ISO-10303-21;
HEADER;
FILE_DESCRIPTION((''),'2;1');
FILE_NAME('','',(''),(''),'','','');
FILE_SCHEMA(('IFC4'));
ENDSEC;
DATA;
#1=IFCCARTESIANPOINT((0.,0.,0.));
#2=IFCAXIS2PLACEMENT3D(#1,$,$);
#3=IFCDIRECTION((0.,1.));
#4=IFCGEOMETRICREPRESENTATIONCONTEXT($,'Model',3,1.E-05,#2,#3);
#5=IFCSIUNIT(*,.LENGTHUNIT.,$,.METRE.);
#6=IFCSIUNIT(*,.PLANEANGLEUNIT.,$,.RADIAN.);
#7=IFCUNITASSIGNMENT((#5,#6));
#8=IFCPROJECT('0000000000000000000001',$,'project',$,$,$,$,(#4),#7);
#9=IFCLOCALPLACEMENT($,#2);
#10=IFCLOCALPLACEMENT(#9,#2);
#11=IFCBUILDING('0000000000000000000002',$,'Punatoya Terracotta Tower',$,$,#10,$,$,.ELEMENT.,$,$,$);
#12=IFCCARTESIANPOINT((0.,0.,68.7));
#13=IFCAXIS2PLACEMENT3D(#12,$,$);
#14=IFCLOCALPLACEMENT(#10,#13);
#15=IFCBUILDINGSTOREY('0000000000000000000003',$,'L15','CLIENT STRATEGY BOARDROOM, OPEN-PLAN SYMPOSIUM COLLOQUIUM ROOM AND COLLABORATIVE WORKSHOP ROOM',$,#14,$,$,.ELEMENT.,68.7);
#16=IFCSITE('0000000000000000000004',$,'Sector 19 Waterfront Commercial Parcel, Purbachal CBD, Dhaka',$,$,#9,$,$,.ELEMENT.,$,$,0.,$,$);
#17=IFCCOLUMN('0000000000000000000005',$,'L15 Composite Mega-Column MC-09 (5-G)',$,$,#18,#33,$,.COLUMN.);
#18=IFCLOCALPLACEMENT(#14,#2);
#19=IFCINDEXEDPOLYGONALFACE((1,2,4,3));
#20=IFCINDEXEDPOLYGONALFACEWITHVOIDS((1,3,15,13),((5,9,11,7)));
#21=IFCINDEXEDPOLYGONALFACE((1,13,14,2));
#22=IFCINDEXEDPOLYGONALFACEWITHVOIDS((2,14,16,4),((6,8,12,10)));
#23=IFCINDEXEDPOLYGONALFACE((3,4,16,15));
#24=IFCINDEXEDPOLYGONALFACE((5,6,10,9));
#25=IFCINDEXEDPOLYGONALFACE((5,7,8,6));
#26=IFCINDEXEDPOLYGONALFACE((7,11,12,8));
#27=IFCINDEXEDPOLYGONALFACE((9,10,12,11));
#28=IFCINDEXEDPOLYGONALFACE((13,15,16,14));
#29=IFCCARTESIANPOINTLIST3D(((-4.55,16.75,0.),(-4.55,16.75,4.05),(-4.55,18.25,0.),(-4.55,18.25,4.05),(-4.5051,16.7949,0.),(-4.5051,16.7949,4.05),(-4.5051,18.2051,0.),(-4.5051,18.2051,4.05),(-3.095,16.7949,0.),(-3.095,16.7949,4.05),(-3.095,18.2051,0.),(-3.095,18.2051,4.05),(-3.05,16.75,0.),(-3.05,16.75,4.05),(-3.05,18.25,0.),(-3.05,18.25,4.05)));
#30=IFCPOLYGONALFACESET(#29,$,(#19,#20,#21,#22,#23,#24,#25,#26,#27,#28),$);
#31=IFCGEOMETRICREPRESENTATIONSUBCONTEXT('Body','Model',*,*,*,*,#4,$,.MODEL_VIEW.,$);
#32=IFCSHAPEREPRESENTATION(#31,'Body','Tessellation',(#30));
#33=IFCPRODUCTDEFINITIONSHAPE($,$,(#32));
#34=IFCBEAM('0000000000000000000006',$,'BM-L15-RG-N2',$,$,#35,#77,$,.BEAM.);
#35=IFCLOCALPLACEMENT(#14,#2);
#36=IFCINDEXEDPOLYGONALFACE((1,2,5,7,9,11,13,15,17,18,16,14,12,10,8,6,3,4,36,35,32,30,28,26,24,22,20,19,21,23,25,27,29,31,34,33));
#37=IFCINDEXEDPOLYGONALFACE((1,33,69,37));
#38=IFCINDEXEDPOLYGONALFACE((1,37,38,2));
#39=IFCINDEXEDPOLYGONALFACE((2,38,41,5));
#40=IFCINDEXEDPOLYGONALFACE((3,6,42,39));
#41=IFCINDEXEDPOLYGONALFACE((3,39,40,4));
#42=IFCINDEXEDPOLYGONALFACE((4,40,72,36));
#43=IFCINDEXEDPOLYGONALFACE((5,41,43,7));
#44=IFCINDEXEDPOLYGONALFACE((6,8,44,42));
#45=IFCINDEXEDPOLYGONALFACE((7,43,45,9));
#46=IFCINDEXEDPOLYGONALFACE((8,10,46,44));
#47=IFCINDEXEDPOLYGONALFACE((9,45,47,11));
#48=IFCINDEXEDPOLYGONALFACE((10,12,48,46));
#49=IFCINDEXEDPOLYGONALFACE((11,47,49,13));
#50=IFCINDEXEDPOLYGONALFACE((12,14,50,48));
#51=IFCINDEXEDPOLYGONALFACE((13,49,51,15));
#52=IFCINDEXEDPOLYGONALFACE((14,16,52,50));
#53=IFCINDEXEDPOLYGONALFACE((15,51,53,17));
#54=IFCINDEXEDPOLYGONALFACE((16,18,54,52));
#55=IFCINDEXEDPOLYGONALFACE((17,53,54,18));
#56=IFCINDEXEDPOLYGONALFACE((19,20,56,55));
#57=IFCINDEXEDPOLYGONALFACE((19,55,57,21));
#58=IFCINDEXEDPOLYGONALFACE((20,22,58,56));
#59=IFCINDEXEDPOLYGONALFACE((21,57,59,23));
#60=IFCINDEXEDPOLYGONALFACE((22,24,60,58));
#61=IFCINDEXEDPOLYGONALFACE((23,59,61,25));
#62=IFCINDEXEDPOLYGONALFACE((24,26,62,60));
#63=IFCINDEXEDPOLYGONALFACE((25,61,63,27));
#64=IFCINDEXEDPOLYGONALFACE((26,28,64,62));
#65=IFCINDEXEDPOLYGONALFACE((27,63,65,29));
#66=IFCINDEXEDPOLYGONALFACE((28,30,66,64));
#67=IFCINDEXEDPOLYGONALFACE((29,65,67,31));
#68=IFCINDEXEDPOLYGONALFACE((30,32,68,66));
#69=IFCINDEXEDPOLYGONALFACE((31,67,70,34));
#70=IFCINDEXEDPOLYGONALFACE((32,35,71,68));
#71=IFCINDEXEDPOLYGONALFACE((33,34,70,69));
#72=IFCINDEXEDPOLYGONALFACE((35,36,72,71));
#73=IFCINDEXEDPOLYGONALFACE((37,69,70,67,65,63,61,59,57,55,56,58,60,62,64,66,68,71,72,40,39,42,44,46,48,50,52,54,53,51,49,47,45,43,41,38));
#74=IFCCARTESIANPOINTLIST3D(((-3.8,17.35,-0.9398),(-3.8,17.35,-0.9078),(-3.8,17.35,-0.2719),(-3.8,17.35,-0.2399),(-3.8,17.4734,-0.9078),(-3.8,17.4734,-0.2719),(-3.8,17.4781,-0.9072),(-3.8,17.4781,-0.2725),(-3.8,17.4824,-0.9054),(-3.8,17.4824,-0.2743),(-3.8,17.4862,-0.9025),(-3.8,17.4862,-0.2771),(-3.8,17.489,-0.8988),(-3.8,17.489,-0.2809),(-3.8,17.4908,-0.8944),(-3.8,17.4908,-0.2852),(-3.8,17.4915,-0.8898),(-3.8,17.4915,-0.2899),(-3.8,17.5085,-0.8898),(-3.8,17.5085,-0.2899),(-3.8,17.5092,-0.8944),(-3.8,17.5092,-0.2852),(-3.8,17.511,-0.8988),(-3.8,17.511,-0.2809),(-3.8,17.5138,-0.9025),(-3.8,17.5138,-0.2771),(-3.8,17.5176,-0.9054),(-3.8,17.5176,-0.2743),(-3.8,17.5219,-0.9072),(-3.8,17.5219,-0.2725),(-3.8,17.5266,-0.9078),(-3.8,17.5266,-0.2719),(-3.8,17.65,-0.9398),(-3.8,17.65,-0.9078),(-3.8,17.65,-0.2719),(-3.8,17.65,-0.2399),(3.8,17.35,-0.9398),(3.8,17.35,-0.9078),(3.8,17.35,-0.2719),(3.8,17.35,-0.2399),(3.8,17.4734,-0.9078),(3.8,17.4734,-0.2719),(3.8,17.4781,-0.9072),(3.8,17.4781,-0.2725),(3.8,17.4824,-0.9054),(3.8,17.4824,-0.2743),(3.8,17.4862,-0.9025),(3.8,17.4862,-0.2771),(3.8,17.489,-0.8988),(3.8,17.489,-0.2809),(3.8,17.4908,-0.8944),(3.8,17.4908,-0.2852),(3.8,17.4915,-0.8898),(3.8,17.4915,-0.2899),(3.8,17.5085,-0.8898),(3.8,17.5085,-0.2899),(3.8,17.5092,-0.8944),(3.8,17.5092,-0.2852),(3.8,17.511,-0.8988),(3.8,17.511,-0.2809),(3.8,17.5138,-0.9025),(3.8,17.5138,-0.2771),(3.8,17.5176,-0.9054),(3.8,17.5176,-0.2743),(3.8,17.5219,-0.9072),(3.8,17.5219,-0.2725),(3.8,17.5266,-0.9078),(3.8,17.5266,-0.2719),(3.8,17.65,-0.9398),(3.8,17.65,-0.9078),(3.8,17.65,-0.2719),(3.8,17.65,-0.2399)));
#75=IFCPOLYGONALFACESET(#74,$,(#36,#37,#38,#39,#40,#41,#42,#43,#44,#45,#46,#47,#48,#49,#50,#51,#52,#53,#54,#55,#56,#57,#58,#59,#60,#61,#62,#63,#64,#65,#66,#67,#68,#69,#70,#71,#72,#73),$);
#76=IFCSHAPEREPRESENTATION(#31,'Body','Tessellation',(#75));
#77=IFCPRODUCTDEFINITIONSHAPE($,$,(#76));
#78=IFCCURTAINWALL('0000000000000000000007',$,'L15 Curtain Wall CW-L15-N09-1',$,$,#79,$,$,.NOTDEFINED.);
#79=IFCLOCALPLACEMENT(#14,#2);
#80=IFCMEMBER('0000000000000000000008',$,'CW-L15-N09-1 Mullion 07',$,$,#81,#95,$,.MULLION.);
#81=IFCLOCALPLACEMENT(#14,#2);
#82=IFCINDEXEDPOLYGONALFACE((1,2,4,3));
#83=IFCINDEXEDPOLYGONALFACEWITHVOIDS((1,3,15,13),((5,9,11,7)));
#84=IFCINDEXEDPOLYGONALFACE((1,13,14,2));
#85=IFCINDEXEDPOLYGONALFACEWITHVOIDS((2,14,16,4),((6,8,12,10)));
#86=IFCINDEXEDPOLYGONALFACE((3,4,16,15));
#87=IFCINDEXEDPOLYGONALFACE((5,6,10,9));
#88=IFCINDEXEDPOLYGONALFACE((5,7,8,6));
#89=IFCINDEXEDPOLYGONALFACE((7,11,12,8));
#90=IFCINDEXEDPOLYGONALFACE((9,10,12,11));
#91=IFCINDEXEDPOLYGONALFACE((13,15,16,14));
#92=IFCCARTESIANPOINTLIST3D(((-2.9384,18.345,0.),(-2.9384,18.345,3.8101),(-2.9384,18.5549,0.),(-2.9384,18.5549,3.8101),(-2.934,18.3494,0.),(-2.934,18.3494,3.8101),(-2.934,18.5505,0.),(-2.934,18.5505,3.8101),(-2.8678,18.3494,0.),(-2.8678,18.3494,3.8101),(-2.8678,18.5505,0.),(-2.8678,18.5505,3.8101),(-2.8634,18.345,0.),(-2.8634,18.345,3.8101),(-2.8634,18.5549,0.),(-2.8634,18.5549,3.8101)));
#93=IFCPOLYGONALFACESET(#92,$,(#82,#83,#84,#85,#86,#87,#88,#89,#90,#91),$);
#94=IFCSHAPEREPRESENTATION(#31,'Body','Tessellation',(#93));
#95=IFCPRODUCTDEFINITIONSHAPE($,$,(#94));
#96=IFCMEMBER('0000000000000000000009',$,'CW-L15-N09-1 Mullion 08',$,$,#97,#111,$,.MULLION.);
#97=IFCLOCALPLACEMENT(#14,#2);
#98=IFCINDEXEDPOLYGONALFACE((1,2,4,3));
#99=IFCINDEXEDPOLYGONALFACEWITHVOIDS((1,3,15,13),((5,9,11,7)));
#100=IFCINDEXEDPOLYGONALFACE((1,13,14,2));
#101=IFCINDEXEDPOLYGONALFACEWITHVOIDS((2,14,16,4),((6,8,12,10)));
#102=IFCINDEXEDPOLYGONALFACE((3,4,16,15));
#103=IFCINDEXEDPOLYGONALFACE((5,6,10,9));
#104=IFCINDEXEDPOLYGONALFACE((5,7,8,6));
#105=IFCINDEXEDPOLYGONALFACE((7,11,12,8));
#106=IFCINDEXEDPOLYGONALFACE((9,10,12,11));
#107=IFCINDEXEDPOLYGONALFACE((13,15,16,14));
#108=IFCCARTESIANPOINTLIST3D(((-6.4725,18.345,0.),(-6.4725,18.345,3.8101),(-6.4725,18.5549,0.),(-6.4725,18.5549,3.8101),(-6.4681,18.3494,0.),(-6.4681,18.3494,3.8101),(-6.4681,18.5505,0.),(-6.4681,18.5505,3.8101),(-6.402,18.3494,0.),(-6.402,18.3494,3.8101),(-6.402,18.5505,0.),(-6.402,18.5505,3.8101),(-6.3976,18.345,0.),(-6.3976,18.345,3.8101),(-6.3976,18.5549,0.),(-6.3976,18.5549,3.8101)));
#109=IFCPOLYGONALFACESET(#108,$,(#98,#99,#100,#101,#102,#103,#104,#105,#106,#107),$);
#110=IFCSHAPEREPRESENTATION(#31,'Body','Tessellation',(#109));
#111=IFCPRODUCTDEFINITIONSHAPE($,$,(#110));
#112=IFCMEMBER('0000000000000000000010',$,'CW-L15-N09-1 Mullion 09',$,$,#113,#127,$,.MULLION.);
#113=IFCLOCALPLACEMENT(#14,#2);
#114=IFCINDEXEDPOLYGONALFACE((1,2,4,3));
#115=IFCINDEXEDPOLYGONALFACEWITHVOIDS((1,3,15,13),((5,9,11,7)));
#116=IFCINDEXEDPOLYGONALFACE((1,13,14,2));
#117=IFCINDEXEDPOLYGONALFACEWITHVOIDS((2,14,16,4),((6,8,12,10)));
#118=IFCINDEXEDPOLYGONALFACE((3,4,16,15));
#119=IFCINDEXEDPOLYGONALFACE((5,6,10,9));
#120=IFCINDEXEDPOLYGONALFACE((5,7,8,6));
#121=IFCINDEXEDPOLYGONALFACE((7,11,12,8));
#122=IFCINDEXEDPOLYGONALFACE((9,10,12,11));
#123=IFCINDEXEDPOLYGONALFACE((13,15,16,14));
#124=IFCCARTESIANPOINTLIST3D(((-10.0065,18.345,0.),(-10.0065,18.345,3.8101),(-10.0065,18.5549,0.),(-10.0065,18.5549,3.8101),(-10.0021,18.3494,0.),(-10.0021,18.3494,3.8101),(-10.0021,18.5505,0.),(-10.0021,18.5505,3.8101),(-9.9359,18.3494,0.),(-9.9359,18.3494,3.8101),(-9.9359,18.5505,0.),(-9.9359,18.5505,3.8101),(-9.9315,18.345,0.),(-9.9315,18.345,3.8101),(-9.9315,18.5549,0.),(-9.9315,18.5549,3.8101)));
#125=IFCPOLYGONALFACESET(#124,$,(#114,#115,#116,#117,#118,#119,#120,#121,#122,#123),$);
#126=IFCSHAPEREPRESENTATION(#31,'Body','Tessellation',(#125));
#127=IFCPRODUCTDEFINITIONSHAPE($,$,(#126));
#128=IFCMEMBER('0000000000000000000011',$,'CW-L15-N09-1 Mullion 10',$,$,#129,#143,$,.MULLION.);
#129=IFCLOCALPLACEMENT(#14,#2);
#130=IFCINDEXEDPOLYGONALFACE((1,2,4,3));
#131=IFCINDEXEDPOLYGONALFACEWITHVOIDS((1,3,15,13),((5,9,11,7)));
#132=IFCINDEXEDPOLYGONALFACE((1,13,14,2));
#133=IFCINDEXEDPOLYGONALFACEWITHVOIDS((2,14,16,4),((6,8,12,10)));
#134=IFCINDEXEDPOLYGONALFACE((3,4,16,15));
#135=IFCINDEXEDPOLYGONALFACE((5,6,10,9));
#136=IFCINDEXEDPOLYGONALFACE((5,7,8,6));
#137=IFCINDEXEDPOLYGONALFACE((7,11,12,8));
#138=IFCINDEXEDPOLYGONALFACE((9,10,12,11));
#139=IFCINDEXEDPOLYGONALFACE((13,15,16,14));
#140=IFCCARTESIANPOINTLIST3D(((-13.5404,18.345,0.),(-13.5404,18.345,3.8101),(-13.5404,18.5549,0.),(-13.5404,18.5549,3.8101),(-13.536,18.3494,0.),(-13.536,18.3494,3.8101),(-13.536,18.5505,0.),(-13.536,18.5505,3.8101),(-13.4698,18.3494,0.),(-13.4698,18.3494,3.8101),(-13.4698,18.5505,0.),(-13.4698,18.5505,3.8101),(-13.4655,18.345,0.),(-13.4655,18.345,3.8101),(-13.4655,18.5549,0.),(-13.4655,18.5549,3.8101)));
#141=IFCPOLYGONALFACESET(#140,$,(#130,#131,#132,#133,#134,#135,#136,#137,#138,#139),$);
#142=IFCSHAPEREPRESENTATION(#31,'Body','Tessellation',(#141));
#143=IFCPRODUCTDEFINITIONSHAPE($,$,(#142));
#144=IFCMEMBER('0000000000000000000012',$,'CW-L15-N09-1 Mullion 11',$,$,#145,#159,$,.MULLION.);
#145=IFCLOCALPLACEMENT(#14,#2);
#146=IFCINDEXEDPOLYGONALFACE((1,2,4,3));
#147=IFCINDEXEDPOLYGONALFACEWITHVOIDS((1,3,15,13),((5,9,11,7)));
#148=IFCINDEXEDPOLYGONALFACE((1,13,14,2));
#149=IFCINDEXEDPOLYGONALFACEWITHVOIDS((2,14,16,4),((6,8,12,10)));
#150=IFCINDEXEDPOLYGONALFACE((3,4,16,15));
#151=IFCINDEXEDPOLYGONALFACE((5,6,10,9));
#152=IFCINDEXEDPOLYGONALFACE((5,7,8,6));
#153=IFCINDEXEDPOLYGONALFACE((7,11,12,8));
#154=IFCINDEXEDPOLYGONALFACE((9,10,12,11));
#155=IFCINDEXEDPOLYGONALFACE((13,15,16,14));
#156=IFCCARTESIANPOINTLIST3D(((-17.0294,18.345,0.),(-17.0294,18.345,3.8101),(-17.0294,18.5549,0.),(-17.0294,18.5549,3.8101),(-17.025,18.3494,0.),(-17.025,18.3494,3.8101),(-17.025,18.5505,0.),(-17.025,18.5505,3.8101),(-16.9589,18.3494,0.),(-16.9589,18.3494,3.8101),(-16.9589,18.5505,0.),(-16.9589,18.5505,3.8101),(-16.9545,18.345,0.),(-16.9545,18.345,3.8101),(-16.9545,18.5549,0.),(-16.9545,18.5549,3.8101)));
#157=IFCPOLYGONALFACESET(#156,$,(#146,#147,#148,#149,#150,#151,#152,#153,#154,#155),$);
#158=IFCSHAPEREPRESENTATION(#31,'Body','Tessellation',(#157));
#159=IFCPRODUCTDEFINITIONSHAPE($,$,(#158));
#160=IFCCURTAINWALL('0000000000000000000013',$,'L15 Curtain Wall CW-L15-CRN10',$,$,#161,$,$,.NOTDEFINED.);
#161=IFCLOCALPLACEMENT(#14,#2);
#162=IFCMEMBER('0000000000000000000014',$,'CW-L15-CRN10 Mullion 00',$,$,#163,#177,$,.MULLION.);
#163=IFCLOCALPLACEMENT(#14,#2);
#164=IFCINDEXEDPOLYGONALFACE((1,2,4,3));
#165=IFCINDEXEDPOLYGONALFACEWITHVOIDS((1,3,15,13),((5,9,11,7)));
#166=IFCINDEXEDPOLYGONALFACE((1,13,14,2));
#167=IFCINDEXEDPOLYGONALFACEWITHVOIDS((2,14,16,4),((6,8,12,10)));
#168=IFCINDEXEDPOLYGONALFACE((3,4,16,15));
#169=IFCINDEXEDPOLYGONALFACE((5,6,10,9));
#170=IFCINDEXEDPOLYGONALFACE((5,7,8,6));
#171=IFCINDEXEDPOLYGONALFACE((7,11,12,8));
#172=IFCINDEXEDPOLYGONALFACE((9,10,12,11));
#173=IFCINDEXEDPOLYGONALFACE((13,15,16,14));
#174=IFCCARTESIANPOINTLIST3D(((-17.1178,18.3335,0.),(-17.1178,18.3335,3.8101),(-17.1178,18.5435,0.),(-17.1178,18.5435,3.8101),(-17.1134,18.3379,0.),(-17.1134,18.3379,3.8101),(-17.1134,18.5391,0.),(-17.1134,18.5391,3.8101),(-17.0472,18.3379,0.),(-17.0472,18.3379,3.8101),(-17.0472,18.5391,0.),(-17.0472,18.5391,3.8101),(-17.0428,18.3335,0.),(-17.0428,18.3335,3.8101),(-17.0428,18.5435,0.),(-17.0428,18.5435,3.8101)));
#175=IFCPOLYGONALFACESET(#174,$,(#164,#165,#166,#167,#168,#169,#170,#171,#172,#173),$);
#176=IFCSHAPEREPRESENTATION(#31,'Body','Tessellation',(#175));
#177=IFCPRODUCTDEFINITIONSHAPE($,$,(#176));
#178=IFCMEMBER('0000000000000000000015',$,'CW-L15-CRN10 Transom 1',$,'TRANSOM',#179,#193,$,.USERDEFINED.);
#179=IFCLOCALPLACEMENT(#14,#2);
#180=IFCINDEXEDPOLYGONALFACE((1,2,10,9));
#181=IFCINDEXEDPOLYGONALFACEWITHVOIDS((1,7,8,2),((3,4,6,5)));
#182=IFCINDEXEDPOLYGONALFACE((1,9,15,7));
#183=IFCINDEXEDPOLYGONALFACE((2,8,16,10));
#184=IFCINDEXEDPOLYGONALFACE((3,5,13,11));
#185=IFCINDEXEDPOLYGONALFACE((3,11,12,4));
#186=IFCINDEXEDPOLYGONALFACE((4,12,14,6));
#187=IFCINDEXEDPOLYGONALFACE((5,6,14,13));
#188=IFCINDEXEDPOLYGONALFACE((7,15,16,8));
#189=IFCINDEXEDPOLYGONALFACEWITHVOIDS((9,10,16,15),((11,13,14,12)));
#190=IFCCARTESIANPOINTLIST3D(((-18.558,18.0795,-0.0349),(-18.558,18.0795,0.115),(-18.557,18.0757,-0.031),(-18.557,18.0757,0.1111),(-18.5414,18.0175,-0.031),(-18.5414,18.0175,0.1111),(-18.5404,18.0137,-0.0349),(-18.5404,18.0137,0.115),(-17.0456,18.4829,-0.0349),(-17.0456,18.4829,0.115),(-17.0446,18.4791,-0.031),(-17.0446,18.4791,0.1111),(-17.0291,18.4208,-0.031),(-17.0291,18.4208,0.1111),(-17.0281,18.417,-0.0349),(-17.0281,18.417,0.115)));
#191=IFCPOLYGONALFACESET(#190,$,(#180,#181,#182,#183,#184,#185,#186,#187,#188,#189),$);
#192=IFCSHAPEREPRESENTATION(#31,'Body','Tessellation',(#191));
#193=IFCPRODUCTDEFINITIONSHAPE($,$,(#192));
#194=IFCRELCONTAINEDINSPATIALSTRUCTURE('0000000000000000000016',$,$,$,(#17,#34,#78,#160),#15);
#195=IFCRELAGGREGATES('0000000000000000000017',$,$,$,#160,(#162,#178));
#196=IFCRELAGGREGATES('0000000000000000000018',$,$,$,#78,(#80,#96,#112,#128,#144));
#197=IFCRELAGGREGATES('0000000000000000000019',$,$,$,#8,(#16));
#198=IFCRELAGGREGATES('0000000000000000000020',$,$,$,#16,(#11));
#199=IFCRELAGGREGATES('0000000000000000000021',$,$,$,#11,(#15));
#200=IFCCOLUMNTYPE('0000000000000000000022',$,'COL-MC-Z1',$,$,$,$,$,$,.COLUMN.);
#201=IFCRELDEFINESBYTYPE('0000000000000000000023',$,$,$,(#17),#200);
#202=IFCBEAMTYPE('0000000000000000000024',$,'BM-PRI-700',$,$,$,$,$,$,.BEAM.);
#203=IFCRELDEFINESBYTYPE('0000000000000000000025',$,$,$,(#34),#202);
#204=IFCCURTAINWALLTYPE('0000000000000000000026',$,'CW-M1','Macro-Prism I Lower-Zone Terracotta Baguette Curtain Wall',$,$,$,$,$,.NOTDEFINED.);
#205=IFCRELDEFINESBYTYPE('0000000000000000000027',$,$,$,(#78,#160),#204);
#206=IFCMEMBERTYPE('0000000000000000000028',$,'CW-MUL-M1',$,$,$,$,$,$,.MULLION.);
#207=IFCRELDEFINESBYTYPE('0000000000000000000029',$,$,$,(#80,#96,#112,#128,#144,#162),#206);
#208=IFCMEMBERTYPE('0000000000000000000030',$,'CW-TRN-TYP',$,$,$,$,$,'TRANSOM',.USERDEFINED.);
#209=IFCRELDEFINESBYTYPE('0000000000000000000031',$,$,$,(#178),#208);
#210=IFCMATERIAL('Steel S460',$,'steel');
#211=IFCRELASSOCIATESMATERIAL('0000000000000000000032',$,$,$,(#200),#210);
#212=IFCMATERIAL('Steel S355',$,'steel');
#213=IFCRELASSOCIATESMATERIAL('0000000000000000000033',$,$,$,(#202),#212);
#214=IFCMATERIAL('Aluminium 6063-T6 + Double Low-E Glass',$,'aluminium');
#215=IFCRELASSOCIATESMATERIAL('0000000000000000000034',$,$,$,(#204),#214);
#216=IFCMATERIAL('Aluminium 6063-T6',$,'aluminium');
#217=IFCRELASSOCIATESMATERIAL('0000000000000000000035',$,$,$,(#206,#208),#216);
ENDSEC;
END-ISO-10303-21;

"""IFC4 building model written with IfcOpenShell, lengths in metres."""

from ifc_helpers import new_model, si_unit, direction, frame, origin, origin_2d, place, context, subcontext, project, spatial, hollow_rectangle, i_section, extrude, material, material_profile, profile_set, type_object, element, aggregate, save


model = new_model("IFC4")

# Units and contexts
model_context = context("Model", 3, precision=1e-05, world=origin(), true_north=direction((0.0, 1.0)))
body_context = subcontext(model_context, "Body", "Model", "MODEL_VIEW")
ifc_project = project(units=[si_unit("LENGTHUNIT", "METRE"), si_unit("PLANEANGLEUNIT", "RADIAN")], contexts=[model_context])

# Site, building, storey
site_placement = place(None, origin())
site = spatial("IfcSite", under=ifc_project, at=site_placement, Name="Sector 19 Waterfront Commercial Parcel, Purbachal CBD, Dhaka", CompositionType="ELEMENT", RefElevation=0.0)
building_placement = place(site_placement, origin())
building = spatial("IfcBuilding", under=site, at=building_placement, Name="Punatoya Terracotta Tower", CompositionType="ELEMENT")
storey_placement = place(building_placement, frame((0.0, 0.0, 68.7)))
storey = spatial("IfcBuildingStorey", under=building, at=storey_placement, Name="L15", Description="CLIENT STRATEGY BOARDROOM, OPEN-PLAN SYMPOSIUM COLLOQUIUM ROOM AND COLLABORATIVE WORKSHOP ROOM", CompositionType="ELEMENT", Elevation=68.7)

# Column
ifc_material_1 = material(Name="Steel S460", Category="steel")
ifc_material_profile_1 = material_profile(ifc_material_1, hollow_rectangle(XDim=1.5, YDim=1.5, WallThickness=0.0449, at=origin_2d()))
ifc_profile_set_1 = profile_set([ifc_material_profile_1], Name="Steel S460")
column_type = type_object("IfcColumnType", Name="COL-MC-Z1", PredefinedType="COLUMN", material=ifc_profile_set_1)
column_placement = place(storey_placement, frame((-3.8, 17.5, 0.0), z_axis=(0.0, 0.0, 1.0), x_axis=(1.0, 0.0, 0.0)))
element("IfcColumn", 1, at=column_placement, inside=storey, type_object=column_type, Name="L15 Composite Mega-Column MC-09 (5-G)", PredefinedType="COLUMN", context=body_context, shape_type="SweptSolid", body=[
    extrude(hollow_rectangle(XDim=1.5, YDim=1.5, WallThickness=0.0449, at=origin_2d()), origin(), (0.0, 0.0, 1.0), 4.05),
])

# Beam
ifc_material_2 = material(Name="Steel S355", Category="steel")
ifc_material_profile_2 = material_profile(ifc_material_2, i_section(OverallWidth=0.3, OverallDepth=0.7, WebThickness=0.0171, FlangeThickness=0.032, FilletRadius=0.0181, at=origin_2d()))
ifc_profile_set_2 = profile_set([ifc_material_profile_2], Name="Steel S355")
beam_type = type_object("IfcBeamType", Name="BM-PRI-700", PredefinedType="BEAM", material=ifc_profile_set_2)
beam_placement = place(storey_placement, frame((-3.8, 17.5, -0.5898), z_axis=(1.0, 0.0, 0.0), x_axis=(0.0, 1.0, 0.0)))
element("IfcBeam", 2, at=beam_placement, inside=storey, type_object=beam_type, Name="BM-L15-RG-N2", PredefinedType="BEAM", context=body_context, shape_type="SweptSolid", body=[
    extrude(i_section(OverallWidth=0.3, OverallDepth=0.7, WebThickness=0.0171, FlangeThickness=0.032, FilletRadius=0.0181, at=origin_2d()), origin(), (0.0, 0.0, 1.0), 7.6001),
])

# Curtain walls, members
ifc_material_3 = material(Name="Aluminium 6063-T6 + Double Low-E Glass", Category="aluminium")
curtain_wall_type = type_object("IfcCurtainWallType", Name="CW-M1", Description="Macro-Prism I Lower-Zone Terracotta Baguette Curtain Wall", PredefinedType="NOTDEFINED", material=ifc_material_3)
curtain_wall_1_placement = place(storey_placement, origin())
curtain_wall_1 = element("IfcCurtainWall", 3, at=curtain_wall_1_placement, inside=storey, type_object=curtain_wall_type, Name="L15 Curtain Wall CW-L15-N09-1", PredefinedType="NOTDEFINED")
ifc_material_4 = material(Name="Aluminium 6063-T6", Category="aluminium")
ifc_material_profile_3 = material_profile(ifc_material_4, hollow_rectangle(XDim=0.075, YDim=0.21, WallThickness=0.0044, at=origin_2d()))
ifc_profile_set_3 = profile_set([ifc_material_profile_3], Name="Aluminium 6063-T6")
member_type_1 = type_object("IfcMemberType", Name="CW-MUL-M1", PredefinedType="MULLION", material=ifc_profile_set_3)
member_1_placement = place(storey_placement, frame((-2.9009, 18.45, 0.0), z_axis=(0.0, 0.0, 1.0), x_axis=(1.0, 0.0, 0.0)))
member_1 = element("IfcMember", 4, at=member_1_placement, type_object=member_type_1, Name="CW-L15-N09-1 Mullion 07", PredefinedType="MULLION", context=body_context, shape_type="SweptSolid", body=[
    extrude(hollow_rectangle(XDim=0.075, YDim=0.21, WallThickness=0.0044, at=origin_2d()), origin(), (0.0, 0.0, 1.0), 3.8101),
])
member_2_placement = place(storey_placement, frame((-6.4351, 18.45, 0.0), z_axis=(0.0, 0.0, 1.0), x_axis=(1.0, 0.0, 0.0)))
member_2 = element("IfcMember", 5, at=member_2_placement, type_object=member_type_1, Name="CW-L15-N09-1 Mullion 08", PredefinedType="MULLION", context=body_context, shape_type="SweptSolid", body=[
    extrude(hollow_rectangle(XDim=0.075, YDim=0.21, WallThickness=0.0044, at=origin_2d()), origin(), (0.0, 0.0, 1.0), 3.8101),
])
member_3_placement = place(storey_placement, frame((-9.969, 18.45, 0.0), z_axis=(0.0, 0.0, 1.0), x_axis=(1.0, 0.0, 0.0)))
member_3 = element("IfcMember", 6, at=member_3_placement, type_object=member_type_1, Name="CW-L15-N09-1 Mullion 09", PredefinedType="MULLION", context=body_context, shape_type="SweptSolid", body=[
    extrude(hollow_rectangle(XDim=0.075, YDim=0.21, WallThickness=0.0044, at=origin_2d()), origin(), (0.0, 0.0, 1.0), 3.8101),
])
member_4_placement = place(storey_placement, frame((-13.5029, 18.45, 0.0), z_axis=(0.0, 0.0, 1.0), x_axis=(1.0, 0.0, 0.0)))
member_4 = element("IfcMember", 7, at=member_4_placement, type_object=member_type_1, Name="CW-L15-N09-1 Mullion 10", PredefinedType="MULLION", context=body_context, shape_type="SweptSolid", body=[
    extrude(hollow_rectangle(XDim=0.075, YDim=0.21, WallThickness=0.0044, at=origin_2d()), origin(), (0.0, 0.0, 1.0), 3.8101),
])
member_5_placement = place(storey_placement, frame((-16.9919, 18.45, 0.0), z_axis=(0.0, 0.0, 1.0), x_axis=(1.0, 0.0, 0.0)))
member_5 = element("IfcMember", 8, at=member_5_placement, type_object=member_type_1, Name="CW-L15-N09-1 Mullion 11", PredefinedType="MULLION", context=body_context, shape_type="SweptSolid", body=[
    extrude(hollow_rectangle(XDim=0.075, YDim=0.21, WallThickness=0.0044, at=origin_2d()), origin(), (0.0, 0.0, 1.0), 3.8101),
])
curtain_wall_2_placement = place(storey_placement, origin())
curtain_wall_2 = element("IfcCurtainWall", 9, at=curtain_wall_2_placement, inside=storey, type_object=curtain_wall_type, Name="L15 Curtain Wall CW-L15-CRN10", PredefinedType="NOTDEFINED")
member_6_placement = place(storey_placement, frame((-17.0803, 18.4385, 0.0), z_axis=(0.0, 0.0, 1.0), x_axis=(1.0, 0.0, 0.0)))
member_6 = element("IfcMember", 10, at=member_6_placement, type_object=member_type_1, Name="CW-L15-CRN10 Mullion 00", PredefinedType="MULLION", context=body_context, shape_type="SweptSolid", body=[
    extrude(hollow_rectangle(XDim=0.075, YDim=0.21, WallThickness=0.0044, at=origin_2d()), origin(), (0.0, 0.0, 1.0), 3.8101),
])
ifc_material_profile_4 = material_profile(ifc_material_4, hollow_rectangle(XDim=0.0681, YDim=0.1499, WallThickness=0.0039, at=origin_2d()))
ifc_profile_set_4 = profile_set([ifc_material_profile_4], Name="Aluminium 6063-T6")
member_type_2 = type_object("IfcMemberType", Name="CW-TRN-TYP", ElementType="TRANSOM", PredefinedType="USERDEFINED", material=ifc_profile_set_4)
member_7_placement = place(storey_placement, frame((-17.0369, 18.45, 0.04), z_axis=(-0.966225, -0.257701, 0.0), x_axis=(0.257701, -0.966225, 0.0)))
member_7 = element("IfcMember", 11, at=member_7_placement, type_object=member_type_2, Name="CW-L15-CRN10 Transom 1", ObjectType="TRANSOM", PredefinedType="USERDEFINED", context=body_context, shape_type="SweptSolid", body=[
    extrude(hollow_rectangle(XDim=0.0681, YDim=0.1499, WallThickness=0.0039, at=origin_2d()), origin(), (0.0, 0.0, 1.0), 1.5652),
])
aggregate(curtain_wall_2, [member_6, member_7])

aggregate(curtain_wall_1, [member_1, member_2, member_3, member_4, member_5])

save(model, "model.ifc")
